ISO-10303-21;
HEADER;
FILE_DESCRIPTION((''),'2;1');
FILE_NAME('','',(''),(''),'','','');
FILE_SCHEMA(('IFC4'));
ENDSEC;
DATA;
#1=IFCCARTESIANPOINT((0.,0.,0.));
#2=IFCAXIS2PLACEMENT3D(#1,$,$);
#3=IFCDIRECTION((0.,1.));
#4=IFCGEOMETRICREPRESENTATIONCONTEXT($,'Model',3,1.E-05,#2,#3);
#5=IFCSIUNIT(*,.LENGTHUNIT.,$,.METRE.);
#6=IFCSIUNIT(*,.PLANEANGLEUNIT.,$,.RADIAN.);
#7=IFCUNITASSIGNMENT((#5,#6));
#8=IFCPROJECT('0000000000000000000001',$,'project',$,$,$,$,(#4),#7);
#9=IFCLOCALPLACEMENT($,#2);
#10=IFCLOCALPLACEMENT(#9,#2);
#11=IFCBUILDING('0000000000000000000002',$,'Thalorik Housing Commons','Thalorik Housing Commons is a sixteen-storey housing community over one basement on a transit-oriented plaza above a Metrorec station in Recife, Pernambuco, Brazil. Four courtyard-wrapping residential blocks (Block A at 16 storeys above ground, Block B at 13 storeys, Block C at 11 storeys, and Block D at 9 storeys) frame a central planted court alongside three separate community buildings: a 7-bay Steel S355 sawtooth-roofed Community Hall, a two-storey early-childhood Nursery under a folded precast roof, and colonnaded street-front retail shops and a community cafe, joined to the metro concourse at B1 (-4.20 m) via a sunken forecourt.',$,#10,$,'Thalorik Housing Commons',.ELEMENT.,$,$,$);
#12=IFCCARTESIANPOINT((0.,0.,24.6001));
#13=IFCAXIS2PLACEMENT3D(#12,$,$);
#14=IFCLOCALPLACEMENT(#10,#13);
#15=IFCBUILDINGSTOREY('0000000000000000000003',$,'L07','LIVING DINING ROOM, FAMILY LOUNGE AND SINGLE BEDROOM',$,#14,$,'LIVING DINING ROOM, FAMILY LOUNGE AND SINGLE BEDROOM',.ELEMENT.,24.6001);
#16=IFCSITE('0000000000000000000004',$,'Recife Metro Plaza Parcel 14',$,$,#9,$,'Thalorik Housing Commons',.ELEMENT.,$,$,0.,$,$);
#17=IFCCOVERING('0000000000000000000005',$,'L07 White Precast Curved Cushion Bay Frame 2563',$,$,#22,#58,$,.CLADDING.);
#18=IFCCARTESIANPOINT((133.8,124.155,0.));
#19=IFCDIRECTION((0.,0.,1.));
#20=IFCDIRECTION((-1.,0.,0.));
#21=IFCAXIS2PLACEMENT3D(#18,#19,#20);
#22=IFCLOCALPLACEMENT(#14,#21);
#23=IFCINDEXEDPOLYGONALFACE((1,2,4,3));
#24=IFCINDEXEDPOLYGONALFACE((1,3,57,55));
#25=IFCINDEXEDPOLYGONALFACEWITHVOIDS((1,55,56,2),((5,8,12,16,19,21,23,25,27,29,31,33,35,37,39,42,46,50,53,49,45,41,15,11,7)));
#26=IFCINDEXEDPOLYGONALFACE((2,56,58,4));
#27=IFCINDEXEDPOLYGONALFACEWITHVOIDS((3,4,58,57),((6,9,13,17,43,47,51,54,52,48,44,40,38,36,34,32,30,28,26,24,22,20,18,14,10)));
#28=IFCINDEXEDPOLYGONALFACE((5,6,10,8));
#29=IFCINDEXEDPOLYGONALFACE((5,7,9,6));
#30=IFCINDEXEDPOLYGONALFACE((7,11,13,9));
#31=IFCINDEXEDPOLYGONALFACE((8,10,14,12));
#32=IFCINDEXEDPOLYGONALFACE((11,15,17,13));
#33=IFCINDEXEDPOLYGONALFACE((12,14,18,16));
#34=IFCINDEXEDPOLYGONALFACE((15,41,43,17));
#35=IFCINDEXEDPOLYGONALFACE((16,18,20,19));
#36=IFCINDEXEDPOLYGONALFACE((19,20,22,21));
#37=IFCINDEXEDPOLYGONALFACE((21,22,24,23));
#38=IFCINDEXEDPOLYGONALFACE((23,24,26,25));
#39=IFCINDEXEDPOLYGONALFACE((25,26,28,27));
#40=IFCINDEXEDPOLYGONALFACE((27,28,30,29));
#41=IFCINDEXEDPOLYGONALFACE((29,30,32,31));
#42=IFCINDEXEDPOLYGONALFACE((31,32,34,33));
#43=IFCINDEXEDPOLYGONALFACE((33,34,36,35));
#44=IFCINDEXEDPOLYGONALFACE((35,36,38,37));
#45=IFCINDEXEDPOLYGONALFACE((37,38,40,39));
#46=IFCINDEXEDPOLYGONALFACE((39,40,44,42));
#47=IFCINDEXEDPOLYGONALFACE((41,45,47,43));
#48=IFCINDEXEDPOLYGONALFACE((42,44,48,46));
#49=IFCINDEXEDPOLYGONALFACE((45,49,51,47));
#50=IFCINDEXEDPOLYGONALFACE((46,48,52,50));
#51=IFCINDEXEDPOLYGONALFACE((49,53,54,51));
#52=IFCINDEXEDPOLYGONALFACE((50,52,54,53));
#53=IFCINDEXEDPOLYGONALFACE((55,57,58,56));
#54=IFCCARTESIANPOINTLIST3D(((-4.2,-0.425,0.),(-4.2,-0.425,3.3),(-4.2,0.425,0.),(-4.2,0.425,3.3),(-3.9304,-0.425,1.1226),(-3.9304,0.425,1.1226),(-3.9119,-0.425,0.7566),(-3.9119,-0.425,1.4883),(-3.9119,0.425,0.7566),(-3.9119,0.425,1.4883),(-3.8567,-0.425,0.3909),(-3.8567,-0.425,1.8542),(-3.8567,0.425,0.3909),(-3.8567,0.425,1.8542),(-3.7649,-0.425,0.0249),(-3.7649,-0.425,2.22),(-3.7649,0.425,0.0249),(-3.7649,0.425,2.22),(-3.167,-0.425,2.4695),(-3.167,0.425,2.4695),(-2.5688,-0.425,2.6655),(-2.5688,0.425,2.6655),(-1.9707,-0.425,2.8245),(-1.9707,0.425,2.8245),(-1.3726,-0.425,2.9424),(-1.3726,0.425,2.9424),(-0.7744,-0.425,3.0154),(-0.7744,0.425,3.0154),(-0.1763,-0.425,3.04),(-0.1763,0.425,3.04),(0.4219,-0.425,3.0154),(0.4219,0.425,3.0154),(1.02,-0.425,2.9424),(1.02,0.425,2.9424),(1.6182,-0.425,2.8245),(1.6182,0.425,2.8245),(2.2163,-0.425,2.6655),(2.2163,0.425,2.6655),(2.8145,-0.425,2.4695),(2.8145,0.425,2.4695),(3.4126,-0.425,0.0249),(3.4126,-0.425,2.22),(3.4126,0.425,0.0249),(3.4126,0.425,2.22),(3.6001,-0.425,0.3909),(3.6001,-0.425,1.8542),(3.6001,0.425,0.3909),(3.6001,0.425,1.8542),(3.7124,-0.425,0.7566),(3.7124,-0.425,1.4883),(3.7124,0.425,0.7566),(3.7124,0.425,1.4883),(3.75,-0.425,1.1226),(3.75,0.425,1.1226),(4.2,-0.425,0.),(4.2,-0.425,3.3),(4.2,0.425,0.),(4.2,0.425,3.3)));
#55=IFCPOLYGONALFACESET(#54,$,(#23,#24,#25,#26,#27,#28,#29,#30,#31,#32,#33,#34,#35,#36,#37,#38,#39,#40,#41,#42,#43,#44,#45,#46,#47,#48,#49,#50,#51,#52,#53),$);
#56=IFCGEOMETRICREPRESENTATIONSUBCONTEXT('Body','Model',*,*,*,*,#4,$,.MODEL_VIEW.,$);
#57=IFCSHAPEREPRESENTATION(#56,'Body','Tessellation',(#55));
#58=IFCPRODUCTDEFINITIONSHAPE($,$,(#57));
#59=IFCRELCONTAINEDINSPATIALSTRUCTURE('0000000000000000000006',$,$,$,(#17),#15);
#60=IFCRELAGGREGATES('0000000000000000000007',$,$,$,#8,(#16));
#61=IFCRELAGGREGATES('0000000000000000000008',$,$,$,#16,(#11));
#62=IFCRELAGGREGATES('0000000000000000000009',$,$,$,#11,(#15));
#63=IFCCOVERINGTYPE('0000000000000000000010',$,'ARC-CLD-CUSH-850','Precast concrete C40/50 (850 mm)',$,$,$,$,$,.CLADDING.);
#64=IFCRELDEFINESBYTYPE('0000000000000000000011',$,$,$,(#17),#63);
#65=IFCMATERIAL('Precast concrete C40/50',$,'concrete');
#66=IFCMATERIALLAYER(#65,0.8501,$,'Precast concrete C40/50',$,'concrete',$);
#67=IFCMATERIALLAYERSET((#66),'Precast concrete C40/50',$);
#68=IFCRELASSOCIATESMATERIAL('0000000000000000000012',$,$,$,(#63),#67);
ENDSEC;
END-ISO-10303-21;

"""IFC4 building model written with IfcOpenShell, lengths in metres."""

from ifc_helpers import new_model, si_unit, direction, frame, origin, place, context, subcontext, project, spatial, polyline, outline, extrude, material, layer, layer_set, type_object, element, save


model = new_model("IFC4")

# Units and contexts
model_context = context("Model", 3, precision=1e-05, world=origin(), true_north=direction((0.0, 1.0)))
body_context = subcontext(model_context, "Body", "Model", "MODEL_VIEW")
ifc_project = project(units=[si_unit("LENGTHUNIT", "METRE"), si_unit("PLANEANGLEUNIT", "RADIAN")], contexts=[model_context])

# Site, building, storey
site_placement = place(None, origin())
site = spatial("IfcSite", under=ifc_project, at=site_placement, Name="Recife Metro Plaza Parcel 14", LongName="Thalorik Housing Commons", CompositionType="ELEMENT", RefElevation=0.0)
building_placement = place(site_placement, origin())
building = spatial("IfcBuilding", under=site, at=building_placement, Name="Thalorik Housing Commons", Description="Thalorik Housing Commons is a sixteen-storey housing community over one basement on a transit-oriented plaza above a Metrorec station in Recife, Pernambuco, Brazil. Four courtyard-wrapping residential blocks (Block A at 16 storeys above ground, Block B at 13 storeys, Block C at 11 storeys, and Block D at 9 storeys) frame a central planted court alongside three separate community buildings: a 7-bay Steel S355 sawtooth-roofed Community Hall, a two-storey early-childhood Nursery under a folded precast roof, and colonnaded street-front retail shops and a community cafe, joined to the metro concourse at B1 (-4.20 m) via a sunken forecourt.", LongName="Thalorik Housing Commons", CompositionType="ELEMENT")
storey_placement = place(building_placement, frame((0.0, 0.0, 24.6001)))
storey = spatial("IfcBuildingStorey", under=building, at=storey_placement, Name="L07", Description="LIVING DINING ROOM, FAMILY LOUNGE AND SINGLE BEDROOM", LongName="LIVING DINING ROOM, FAMILY LOUNGE AND SINGLE BEDROOM", CompositionType="ELEMENT", Elevation=24.6001)

# Shared definitions
ifc_material_1 = material(Name="Precast concrete C40/50", Category="concrete")

# Covering
ifc_layer_1 = layer(ifc_material_1, 0.8501, Name="Precast concrete C40/50", Category="concrete")
ifc_layer_set_1 = layer_set([ifc_layer_1], Name="Precast concrete C40/50")
covering_type_1 = type_object("IfcCoveringType", Name="ARC-CLD-CUSH-850", Description="Precast concrete C40/50 (850 mm)", PredefinedType="CLADDING", material=ifc_layer_set_1)
covering_1_placement = place(storey_placement, frame((133.8, 124.155, 0.0), z_axis=(0.0, 0.0, 1.0), x_axis=(-1.0, 0.0, 0.0)))
element("IfcCovering", 1, at=covering_1_placement, inside=storey, type_object=covering_type_1, Name="L07 White Precast Curved Cushion Bay Frame 2563", PredefinedType="CLADDING", context=body_context, shape_type="SweptSolid", body=[
    extrude(outline(polyline([(-4.2, 0.0), (4.2, 0.0), (4.2, 3.3), (-4.2, 3.3), (-4.2, 0.0)]), holes=[polyline([(3.4126, 0.0249), (3.6001, 0.3909), (3.7124, 0.7566), (3.75, 1.1226), (3.7124, 1.4883), (3.6001, 1.8542), (3.4126, 2.22), (2.8145, 2.4695), (2.2163, 2.6655), (1.6182, 2.8245), (1.02, 2.9424), (0.4219, 3.0154), (-0.1763, 3.04), (-0.7744, 3.0154), (-1.3726, 2.9424), (-1.9707, 2.8245), (-2.5688, 2.6655), (-3.167, 2.4695), (-3.7649, 2.22), (-3.8567, 1.8542), (-3.9119, 1.4883), (-3.9304, 1.1226), (-3.9119, 0.7566), (-3.8567, 0.3909), (-3.7649, 0.0249), (3.4126, 0.0249)])]), frame((0.0, 0.425, 0.0), z_axis=(0.0, -1.0, 0.0), x_axis=(1.0, 0.0, 0.0)), (0.0, 0.0, 1.0), 0.8501),
])

save(model, "model.ifc")
